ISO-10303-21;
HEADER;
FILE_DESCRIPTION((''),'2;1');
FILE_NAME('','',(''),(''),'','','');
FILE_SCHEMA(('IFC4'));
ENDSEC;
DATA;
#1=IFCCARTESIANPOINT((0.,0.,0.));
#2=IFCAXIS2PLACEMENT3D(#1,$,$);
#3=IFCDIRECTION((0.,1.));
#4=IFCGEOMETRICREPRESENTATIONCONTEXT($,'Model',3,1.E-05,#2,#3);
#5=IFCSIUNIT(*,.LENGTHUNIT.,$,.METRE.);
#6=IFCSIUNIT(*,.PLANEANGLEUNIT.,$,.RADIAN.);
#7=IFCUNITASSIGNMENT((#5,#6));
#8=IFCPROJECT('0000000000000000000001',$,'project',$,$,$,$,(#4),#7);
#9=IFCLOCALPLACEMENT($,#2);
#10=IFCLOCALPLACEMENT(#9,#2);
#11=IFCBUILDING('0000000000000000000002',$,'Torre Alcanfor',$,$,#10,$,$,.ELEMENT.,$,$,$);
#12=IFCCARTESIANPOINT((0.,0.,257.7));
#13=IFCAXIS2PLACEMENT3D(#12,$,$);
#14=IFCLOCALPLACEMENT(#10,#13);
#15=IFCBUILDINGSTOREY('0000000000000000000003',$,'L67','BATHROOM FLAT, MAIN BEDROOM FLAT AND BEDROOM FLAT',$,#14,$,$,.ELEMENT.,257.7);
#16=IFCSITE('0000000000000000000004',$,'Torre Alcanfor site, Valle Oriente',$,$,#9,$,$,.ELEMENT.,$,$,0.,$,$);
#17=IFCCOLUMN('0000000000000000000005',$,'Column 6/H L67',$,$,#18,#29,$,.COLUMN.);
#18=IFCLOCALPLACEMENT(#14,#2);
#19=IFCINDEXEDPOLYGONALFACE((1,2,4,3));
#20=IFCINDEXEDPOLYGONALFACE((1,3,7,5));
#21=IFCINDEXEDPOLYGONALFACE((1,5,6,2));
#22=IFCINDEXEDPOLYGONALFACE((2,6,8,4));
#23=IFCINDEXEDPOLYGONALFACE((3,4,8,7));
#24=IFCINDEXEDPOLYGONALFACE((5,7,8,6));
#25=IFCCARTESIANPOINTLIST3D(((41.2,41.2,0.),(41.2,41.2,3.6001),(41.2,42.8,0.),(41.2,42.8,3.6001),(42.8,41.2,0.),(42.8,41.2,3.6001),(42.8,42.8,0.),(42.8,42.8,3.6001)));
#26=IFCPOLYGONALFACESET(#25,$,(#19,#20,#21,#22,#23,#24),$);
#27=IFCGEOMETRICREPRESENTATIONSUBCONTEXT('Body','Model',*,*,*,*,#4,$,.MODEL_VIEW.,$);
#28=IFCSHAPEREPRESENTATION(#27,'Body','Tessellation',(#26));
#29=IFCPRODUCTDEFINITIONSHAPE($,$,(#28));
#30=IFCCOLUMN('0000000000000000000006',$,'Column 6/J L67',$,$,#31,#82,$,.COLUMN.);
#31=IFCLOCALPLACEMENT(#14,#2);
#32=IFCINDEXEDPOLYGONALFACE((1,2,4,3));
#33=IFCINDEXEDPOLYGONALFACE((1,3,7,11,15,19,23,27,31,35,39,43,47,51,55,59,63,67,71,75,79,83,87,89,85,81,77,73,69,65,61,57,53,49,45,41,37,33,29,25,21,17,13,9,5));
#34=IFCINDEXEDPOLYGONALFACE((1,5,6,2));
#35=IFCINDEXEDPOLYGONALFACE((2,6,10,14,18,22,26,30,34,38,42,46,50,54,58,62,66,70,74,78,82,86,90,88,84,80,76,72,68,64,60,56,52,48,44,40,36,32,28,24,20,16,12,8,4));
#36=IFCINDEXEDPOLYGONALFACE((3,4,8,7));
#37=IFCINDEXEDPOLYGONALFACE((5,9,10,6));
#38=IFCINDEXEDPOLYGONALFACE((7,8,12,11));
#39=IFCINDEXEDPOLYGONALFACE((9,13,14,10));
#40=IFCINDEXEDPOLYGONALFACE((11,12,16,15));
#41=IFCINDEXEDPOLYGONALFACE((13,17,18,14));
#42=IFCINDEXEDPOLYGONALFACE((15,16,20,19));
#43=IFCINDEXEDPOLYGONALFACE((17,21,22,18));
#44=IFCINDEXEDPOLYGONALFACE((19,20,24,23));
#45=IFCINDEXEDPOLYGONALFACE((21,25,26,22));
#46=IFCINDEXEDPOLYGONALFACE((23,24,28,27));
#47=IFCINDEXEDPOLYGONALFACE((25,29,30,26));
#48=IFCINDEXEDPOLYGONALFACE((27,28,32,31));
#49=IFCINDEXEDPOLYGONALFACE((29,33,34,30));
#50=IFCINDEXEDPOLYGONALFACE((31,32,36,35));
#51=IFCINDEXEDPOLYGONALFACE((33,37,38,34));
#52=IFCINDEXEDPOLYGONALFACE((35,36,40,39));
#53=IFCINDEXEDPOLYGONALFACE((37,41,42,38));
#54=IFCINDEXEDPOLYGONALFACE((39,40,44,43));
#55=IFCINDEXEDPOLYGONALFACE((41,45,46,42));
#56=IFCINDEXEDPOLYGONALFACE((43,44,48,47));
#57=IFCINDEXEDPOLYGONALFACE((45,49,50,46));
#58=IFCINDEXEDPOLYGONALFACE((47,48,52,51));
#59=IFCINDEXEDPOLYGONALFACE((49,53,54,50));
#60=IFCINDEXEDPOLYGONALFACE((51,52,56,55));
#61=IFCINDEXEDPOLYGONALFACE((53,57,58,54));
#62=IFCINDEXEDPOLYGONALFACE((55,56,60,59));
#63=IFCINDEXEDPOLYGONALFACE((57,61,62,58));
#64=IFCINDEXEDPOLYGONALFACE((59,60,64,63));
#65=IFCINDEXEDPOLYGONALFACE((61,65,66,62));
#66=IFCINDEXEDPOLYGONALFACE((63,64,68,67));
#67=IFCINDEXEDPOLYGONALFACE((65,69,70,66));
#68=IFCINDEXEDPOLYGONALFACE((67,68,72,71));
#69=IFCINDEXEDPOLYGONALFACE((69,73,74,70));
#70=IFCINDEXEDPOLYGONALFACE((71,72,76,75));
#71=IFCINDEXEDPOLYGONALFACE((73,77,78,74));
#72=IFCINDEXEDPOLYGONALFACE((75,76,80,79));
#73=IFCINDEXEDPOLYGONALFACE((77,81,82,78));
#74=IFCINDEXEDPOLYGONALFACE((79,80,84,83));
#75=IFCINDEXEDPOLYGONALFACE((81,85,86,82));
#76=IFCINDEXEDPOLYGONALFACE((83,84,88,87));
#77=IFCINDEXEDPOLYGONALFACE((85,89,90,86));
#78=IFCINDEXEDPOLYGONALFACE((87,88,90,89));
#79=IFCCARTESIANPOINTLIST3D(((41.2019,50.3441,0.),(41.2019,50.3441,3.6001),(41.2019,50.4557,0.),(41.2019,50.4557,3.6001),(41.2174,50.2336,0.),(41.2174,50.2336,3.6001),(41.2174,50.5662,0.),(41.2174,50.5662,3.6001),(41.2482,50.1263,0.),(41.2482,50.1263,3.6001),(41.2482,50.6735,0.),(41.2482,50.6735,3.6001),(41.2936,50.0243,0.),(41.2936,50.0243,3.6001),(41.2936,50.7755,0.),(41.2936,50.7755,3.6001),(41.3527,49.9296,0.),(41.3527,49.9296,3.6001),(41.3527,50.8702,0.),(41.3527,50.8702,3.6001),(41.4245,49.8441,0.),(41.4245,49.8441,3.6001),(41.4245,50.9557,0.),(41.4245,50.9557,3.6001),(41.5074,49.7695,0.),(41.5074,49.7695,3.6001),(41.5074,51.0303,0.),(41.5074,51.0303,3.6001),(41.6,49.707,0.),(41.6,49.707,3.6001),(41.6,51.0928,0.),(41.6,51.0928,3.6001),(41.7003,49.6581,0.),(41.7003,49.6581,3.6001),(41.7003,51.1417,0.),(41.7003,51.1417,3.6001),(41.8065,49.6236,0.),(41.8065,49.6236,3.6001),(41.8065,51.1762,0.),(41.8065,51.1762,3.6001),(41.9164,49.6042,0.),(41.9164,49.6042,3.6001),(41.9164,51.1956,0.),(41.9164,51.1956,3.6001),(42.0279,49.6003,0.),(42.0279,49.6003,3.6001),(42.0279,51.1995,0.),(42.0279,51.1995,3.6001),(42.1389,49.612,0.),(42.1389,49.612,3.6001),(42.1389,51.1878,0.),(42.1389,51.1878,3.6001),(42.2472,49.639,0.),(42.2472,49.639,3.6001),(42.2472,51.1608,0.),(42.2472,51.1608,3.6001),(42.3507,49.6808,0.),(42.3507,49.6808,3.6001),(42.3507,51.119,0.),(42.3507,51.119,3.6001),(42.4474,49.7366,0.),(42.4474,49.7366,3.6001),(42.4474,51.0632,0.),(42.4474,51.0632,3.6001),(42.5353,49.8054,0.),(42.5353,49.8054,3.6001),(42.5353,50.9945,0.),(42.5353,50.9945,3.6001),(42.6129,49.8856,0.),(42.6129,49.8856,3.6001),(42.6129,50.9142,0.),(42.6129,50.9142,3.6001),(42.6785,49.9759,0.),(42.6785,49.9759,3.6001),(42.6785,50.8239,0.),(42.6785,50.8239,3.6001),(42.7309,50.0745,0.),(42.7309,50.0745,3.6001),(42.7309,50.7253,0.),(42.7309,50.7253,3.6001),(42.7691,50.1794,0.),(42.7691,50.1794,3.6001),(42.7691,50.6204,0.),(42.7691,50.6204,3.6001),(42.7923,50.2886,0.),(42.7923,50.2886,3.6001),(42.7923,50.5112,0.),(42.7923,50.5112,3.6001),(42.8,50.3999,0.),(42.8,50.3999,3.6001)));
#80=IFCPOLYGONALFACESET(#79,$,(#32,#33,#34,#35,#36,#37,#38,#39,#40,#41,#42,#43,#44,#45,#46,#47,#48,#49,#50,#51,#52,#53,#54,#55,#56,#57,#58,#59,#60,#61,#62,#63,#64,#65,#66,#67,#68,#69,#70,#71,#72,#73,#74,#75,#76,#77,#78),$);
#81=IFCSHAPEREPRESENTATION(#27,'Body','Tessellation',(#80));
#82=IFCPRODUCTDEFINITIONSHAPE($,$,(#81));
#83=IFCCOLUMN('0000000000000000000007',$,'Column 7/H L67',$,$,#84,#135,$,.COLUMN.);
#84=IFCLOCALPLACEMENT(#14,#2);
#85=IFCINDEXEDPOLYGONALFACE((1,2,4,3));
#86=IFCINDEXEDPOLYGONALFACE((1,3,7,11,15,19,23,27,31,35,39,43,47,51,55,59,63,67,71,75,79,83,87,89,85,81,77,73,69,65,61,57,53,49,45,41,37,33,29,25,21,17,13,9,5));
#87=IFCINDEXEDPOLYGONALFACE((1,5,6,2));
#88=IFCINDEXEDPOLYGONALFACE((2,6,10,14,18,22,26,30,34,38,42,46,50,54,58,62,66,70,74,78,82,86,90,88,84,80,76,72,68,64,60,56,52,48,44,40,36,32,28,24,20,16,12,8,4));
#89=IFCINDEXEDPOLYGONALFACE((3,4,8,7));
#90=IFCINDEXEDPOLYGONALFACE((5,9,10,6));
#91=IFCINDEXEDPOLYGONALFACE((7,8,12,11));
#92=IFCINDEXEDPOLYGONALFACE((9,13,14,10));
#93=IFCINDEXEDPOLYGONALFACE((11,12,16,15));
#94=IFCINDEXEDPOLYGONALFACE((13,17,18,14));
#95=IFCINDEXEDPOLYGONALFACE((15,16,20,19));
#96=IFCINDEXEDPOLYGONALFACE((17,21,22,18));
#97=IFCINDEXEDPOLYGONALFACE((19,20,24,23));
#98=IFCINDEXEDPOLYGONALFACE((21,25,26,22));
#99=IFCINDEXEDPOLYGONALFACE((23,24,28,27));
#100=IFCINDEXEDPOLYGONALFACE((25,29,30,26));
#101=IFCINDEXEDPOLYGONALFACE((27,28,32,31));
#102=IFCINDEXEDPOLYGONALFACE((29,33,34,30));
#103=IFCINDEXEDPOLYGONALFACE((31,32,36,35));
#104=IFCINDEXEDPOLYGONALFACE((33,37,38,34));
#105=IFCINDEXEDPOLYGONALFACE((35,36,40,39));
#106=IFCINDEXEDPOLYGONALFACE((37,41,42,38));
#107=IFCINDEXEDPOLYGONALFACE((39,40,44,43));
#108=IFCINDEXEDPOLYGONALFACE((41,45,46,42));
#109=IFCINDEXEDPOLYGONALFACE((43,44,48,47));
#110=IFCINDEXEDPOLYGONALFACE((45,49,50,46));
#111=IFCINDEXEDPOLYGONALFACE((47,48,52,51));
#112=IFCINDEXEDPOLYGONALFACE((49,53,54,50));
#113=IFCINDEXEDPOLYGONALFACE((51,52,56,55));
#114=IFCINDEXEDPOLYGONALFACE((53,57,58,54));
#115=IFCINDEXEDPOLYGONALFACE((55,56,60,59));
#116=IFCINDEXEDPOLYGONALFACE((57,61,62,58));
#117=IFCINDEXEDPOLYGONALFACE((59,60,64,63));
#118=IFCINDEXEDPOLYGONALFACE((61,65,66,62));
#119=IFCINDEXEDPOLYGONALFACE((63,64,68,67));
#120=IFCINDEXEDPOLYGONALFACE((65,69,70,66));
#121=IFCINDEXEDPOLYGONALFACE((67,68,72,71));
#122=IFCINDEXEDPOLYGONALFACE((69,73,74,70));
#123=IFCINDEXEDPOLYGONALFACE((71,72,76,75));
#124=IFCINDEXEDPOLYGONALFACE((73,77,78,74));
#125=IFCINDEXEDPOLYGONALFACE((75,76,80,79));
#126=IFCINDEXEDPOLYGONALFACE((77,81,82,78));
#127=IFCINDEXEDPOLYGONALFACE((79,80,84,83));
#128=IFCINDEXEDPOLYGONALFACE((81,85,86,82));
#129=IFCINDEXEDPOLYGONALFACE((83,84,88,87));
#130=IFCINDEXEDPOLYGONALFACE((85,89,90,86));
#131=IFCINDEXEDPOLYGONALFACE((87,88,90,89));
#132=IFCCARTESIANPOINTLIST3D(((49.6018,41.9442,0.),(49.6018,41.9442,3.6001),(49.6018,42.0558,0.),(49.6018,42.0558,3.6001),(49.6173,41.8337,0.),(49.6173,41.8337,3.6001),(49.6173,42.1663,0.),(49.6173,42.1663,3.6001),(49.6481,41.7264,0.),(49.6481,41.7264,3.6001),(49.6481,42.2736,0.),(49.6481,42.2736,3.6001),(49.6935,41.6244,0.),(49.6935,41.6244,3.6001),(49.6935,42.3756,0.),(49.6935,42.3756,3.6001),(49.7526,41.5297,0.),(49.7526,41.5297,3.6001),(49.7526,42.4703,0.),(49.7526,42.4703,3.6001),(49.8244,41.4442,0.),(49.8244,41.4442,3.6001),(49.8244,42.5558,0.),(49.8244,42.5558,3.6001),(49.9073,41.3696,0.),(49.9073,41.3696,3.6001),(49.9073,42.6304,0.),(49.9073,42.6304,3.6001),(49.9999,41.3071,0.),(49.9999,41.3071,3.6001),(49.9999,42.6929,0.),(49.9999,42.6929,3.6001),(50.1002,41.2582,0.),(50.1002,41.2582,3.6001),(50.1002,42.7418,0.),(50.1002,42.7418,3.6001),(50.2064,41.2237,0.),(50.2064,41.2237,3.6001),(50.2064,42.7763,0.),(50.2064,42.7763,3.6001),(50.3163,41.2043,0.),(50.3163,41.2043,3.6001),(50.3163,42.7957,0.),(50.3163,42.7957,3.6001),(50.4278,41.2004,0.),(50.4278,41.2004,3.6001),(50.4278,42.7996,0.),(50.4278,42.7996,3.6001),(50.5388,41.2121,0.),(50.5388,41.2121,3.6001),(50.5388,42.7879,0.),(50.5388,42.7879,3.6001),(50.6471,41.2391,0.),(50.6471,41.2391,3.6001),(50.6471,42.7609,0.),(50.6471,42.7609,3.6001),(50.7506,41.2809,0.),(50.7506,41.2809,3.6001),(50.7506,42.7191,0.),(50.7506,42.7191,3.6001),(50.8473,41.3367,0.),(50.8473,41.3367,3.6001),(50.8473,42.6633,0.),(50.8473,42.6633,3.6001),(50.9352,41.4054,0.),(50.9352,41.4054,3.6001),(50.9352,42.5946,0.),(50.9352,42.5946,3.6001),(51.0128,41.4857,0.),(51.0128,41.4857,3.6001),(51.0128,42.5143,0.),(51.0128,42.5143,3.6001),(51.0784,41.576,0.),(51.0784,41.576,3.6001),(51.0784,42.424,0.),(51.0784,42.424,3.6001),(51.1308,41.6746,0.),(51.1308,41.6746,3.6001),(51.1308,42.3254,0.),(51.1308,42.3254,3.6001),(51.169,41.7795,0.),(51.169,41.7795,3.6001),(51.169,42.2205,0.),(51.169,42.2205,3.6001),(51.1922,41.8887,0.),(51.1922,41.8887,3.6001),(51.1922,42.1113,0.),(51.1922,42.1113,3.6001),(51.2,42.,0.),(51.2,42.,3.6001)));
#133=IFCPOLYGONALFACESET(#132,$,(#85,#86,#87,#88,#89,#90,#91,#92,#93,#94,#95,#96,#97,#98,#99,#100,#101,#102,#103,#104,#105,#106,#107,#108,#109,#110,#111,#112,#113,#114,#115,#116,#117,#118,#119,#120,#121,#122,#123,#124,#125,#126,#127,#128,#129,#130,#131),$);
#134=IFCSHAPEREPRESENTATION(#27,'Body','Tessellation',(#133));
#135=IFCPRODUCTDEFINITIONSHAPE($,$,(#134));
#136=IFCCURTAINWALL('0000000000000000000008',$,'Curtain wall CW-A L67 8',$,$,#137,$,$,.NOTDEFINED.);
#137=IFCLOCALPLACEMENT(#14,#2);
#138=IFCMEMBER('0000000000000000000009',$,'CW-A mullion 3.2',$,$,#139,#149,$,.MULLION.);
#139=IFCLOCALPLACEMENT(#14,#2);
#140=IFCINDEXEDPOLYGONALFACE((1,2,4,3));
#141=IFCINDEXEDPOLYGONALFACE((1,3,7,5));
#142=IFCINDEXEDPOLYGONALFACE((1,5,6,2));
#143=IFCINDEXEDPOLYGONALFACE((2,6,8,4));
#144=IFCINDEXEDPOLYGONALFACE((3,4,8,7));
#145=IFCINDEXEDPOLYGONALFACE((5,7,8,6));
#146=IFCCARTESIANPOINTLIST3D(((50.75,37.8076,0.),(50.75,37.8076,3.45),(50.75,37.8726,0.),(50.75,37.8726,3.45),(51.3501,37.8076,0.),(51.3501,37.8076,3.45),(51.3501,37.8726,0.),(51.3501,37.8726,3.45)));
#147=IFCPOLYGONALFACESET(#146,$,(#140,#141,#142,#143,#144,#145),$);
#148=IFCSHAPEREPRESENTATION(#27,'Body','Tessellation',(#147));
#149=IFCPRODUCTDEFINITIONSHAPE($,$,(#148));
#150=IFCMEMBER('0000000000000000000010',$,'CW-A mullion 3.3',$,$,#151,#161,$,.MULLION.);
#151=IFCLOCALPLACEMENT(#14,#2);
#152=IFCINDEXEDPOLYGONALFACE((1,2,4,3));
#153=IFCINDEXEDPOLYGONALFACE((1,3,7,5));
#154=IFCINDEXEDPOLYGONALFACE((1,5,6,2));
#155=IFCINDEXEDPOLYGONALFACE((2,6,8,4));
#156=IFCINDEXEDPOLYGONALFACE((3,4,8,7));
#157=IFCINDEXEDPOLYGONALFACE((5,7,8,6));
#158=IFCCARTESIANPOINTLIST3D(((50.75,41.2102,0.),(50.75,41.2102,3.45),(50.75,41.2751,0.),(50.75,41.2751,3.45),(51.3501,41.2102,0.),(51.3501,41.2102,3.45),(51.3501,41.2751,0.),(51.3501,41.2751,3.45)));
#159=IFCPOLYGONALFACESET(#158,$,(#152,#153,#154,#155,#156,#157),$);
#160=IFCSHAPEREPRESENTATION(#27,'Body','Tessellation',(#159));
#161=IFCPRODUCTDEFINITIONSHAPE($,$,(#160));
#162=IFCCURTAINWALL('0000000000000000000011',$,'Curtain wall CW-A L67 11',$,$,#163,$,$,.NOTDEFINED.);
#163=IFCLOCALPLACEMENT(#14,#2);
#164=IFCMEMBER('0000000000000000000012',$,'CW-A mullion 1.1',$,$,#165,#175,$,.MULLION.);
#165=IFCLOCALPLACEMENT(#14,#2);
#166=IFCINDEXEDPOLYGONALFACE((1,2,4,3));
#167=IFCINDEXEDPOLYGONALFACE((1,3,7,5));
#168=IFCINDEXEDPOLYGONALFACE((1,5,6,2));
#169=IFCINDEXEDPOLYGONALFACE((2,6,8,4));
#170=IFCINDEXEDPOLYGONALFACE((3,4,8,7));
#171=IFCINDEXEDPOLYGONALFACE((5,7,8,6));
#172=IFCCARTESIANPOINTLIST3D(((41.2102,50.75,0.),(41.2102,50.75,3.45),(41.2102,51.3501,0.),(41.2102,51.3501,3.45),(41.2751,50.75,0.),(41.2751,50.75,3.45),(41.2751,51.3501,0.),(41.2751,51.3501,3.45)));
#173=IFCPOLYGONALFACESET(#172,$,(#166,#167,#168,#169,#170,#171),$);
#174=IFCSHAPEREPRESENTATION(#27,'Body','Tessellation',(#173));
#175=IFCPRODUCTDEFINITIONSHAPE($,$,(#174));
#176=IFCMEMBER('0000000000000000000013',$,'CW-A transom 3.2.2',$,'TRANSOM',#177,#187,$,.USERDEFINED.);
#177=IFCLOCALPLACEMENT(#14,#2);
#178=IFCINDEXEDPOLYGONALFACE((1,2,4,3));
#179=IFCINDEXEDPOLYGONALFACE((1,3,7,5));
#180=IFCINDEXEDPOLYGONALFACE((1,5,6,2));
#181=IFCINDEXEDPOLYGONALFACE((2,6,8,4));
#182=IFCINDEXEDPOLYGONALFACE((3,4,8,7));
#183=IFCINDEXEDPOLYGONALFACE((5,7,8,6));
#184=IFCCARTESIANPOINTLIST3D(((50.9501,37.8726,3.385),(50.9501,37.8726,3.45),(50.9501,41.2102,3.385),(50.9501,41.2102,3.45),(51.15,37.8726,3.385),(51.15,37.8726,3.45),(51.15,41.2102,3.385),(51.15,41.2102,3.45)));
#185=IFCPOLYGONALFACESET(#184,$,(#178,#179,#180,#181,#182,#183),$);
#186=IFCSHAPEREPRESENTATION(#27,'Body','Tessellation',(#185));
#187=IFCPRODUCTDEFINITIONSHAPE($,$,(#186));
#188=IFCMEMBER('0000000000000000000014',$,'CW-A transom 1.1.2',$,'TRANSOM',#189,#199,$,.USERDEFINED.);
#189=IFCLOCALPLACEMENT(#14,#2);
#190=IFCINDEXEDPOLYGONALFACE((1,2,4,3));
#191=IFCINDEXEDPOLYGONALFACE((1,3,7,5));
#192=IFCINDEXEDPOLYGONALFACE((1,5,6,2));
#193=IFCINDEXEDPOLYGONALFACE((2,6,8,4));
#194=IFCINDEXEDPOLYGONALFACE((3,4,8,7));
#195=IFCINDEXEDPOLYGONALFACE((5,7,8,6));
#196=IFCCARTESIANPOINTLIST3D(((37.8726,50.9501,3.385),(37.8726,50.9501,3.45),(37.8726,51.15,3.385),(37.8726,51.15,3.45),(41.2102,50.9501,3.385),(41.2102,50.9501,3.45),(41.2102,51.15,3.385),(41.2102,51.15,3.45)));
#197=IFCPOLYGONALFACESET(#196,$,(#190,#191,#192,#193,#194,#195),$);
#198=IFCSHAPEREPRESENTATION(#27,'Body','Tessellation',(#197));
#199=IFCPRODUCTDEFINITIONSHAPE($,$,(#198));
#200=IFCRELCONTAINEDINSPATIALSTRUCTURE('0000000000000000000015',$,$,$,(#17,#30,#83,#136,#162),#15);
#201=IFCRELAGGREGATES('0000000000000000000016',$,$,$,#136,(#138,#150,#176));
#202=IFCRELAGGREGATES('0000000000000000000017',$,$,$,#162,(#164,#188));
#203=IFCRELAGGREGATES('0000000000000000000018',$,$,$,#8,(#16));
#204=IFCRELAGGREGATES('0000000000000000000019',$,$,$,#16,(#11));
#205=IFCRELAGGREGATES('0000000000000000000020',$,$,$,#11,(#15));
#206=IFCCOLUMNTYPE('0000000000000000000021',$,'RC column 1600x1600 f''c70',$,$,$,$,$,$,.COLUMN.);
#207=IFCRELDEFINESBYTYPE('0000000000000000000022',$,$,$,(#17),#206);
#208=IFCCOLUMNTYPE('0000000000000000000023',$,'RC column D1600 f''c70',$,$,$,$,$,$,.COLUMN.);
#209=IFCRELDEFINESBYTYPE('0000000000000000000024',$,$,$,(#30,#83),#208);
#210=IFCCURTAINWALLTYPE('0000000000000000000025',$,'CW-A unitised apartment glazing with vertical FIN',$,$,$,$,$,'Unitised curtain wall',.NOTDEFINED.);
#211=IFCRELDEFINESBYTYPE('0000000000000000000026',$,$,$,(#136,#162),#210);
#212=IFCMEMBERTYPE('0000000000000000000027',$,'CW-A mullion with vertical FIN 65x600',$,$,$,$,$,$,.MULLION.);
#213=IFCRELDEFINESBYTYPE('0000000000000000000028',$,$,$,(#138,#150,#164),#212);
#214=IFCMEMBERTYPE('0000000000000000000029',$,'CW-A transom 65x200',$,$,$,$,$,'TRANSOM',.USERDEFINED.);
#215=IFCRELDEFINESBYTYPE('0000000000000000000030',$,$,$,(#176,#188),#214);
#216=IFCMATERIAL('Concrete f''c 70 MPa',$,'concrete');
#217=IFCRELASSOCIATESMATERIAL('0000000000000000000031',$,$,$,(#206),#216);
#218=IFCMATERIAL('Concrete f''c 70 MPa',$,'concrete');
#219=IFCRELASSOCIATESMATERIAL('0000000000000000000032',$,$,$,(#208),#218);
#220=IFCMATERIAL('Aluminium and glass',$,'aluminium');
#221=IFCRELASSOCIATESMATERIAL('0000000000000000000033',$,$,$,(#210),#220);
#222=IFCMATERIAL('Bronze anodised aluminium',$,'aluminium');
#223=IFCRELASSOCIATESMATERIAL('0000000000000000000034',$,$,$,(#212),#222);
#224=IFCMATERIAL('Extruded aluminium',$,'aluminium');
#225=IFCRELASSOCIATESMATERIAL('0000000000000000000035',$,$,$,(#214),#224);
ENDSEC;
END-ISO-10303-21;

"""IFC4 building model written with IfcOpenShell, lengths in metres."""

from ifc_helpers import new_model, si_unit, direction, frame, origin, origin_2d, place, context, subcontext, project, spatial, rectangle, circle, extrude, material, material_profile, profile_set, type_object, element, aggregate, save


model = new_model("IFC4")

# Units and contexts
model_context = context("Model", 3, precision=1e-05, world=origin(), true_north=direction((0.0, 1.0)))
body_context = subcontext(model_context, "Body", "Model", "MODEL_VIEW")
ifc_project = project(units=[si_unit("LENGTHUNIT", "METRE"), si_unit("PLANEANGLEUNIT", "RADIAN")], contexts=[model_context])

# Site, building, storey
site_placement = place(None, origin())
site = spatial("IfcSite", under=ifc_project, at=site_placement, Name="Torre Alcanfor site, Valle Oriente", CompositionType="ELEMENT", RefElevation=0.0)
building_placement = place(site_placement, origin())
building = spatial("IfcBuilding", under=site, at=building_placement, Name="Torre Alcanfor", CompositionType="ELEMENT")
storey_placement = place(building_placement, frame((0.0, 0.0, 257.7)))
storey = spatial("IfcBuildingStorey", under=building, at=storey_placement, Name="L67", Description="BATHROOM FLAT, MAIN BEDROOM FLAT AND BEDROOM FLAT", CompositionType="ELEMENT", Elevation=257.7)

# Columns
ifc_material_1 = material(Name="Concrete f'c 70 MPa", Category="concrete")
ifc_material_profile_1 = material_profile(ifc_material_1, rectangle(XDim=1.6001, YDim=1.6001, at=origin_2d()), Name="1600x1600")
ifc_profile_set_1 = profile_set([ifc_material_profile_1], Name="Concrete f'c 70 MPa")
column_type_1 = type_object("IfcColumnType", Name="RC column 1600x1600 f'c70", PredefinedType="COLUMN", material=ifc_profile_set_1)
column_placement = place(storey_placement, frame((42.0, 42.0, 0.0), z_axis=(0.0, 0.0, 1.0), x_axis=(1.0, 0.0, 0.0)))
element("IfcColumn", 1, at=column_placement, inside=storey, type_object=column_type_1, Name="Column 6/H L67", PredefinedType="COLUMN", context=body_context, shape_type="SweptSolid", body=[
    extrude(rectangle(XDim=1.6001, YDim=1.6001, at=origin_2d()), origin(), (0.0, 0.0, 1.0), 3.6001),
])
ifc_material_2 = material(Name="Concrete f'c 70 MPa", Category="concrete")
ifc_material_profile_2 = material_profile(ifc_material_2, circle(Radius=0.8, at=origin_2d()), Name="D1600")
ifc_profile_set_2 = profile_set([ifc_material_profile_2], Name="Concrete f'c 70 MPa")
column_type_2 = type_object("IfcColumnType", Name="RC column D1600 f'c70", PredefinedType="COLUMN", material=ifc_profile_set_2)
for number, where, z_axis, x_axis, name in (
    (2, (42.0, 50.3999, 0.0), (0.0, 0.0, 1.0), (1.0, 0.0, 0.0), "Column 6/J L67"),
    (3, (50.3999, 42.0, 0.0), (0.0, 0.0, 1.0), (1.0, 0.0, 0.0), "Column 7/H L67"),
):
    element("IfcColumn", number, at=place(storey_placement, frame(where, z_axis=z_axis, x_axis=x_axis)), inside=storey, type_object=column_type_2, Name=name, PredefinedType="COLUMN", context=body_context, shape_type="SweptSolid", body=[
        extrude(circle(Radius=0.8, at=origin_2d()), origin(), (0.0, 0.0, 1.0), 3.6001),
    ])

# Curtain wall, members
ifc_material_3 = material(Name="Aluminium and glass", Category="aluminium")
curtain_wall_type = type_object("IfcCurtainWallType", Name="CW-A unitised apartment glazing with vertical FIN", ElementType="Unitised curtain wall", PredefinedType="NOTDEFINED", material=ifc_material_3)
curtain_wall_1_placement = place(storey_placement, origin())
curtain_wall_1 = element("IfcCurtainWall", 4, at=curtain_wall_1_placement, inside=storey, type_object=curtain_wall_type, Name="Curtain wall CW-A L67 8", PredefinedType="NOTDEFINED")
ifc_material_4 = material(Name="Bronze anodised aluminium", Category="aluminium")
ifc_material_profile_3 = material_profile(ifc_material_4, rectangle(XDim=0.6001, YDim=0.0649, at=origin_2d()), Name="CW-A mullion 65x600")
ifc_profile_set_3 = profile_set([ifc_material_profile_3], Name="Bronze anodised aluminium")
member_type_1 = type_object("IfcMemberType", Name="CW-A mullion with vertical FIN 65x600", PredefinedType="MULLION", material=ifc_profile_set_3)
member_1_placement = place(storey_placement, frame((51.05, 37.8401, 0.0), z_axis=(0.0, 0.0, 1.0), x_axis=(-1.0, 0.0, 0.0)))
member_1 = element("IfcMember", 5, at=member_1_placement, type_object=member_type_1, Name="CW-A mullion 3.2", PredefinedType="MULLION", context=body_context, shape_type="SweptSolid", body=[
    extrude(rectangle(XDim=0.6001, YDim=0.0649, at=origin_2d()), origin(), (0.0, 0.0, 1.0), 3.45),
])
member_2_placement = place(storey_placement, frame((51.05, 41.2427, 0.0), z_axis=(0.0, 0.0, 1.0), x_axis=(-1.0, 0.0, 0.0)))
member_2 = element("IfcMember", 6, at=member_2_placement, type_object=member_type_1, Name="CW-A mullion 3.3", PredefinedType="MULLION", context=body_context, shape_type="SweptSolid", body=[
    extrude(rectangle(XDim=0.6001, YDim=0.0649, at=origin_2d()), origin(), (0.0, 0.0, 1.0), 3.45),
])

# Curtain wall, member
curtain_wall_2_placement = place(storey_placement, origin())
curtain_wall_2 = element("IfcCurtainWall", 7, at=curtain_wall_2_placement, inside=storey, type_object=curtain_wall_type, Name="Curtain wall CW-A L67 11", PredefinedType="NOTDEFINED")
member_3_placement = place(storey_placement, frame((41.2427, 51.05, 0.0), z_axis=(0.0, 0.0, 1.0), x_axis=(0.0, -1.0, 0.0)))
member_3 = element("IfcMember", 8, at=member_3_placement, type_object=member_type_1, Name="CW-A mullion 1.1", PredefinedType="MULLION", context=body_context, shape_type="SweptSolid", body=[
    extrude(rectangle(XDim=0.6001, YDim=0.0649, at=origin_2d()), origin(), (0.0, 0.0, 1.0), 3.45),
])

# Members
ifc_material_5 = material(Name="Extruded aluminium", Category="aluminium")
ifc_material_profile_4 = material_profile(ifc_material_5, rectangle(XDim=0.2, YDim=0.0649, at=origin_2d()), Name="CW-A transom 200x65")
ifc_profile_set_4 = profile_set([ifc_material_profile_4], Name="Extruded aluminium")
member_type_2 = type_object("IfcMemberType", Name="CW-A transom 65x200", ElementType="TRANSOM", PredefinedType="USERDEFINED", material=ifc_profile_set_4)
member_4_placement = place(storey_placement, frame((51.05, 37.8726, 3.4175), z_axis=(0.0, 1.0, 0.0), x_axis=(-1.0, 0.0, 0.0)))
member_4 = element("IfcMember", 9, at=member_4_placement, type_object=member_type_2, Name="CW-A transom 3.2.2", ObjectType="TRANSOM", PredefinedType="USERDEFINED", context=body_context, shape_type="SweptSolid", body=[
    extrude(rectangle(XDim=0.2, YDim=0.0649, at=origin_2d()), origin(), (0.0, 0.0, 1.0), 3.3376),
])
member_5_placement = place(storey_placement, frame((41.2102, 51.05, 3.4175), z_axis=(-1.0, 0.0, 0.0), x_axis=(0.0, -1.0, 0.0)))
member_5 = element("IfcMember", 10, at=member_5_placement, type_object=member_type_2, Name="CW-A transom 1.1.2", ObjectType="TRANSOM", PredefinedType="USERDEFINED", context=body_context, shape_type="SweptSolid", body=[
    extrude(rectangle(XDim=0.2, YDim=0.0649, at=origin_2d()), origin(), (0.0, 0.0, 1.0), 3.3376),
])

aggregate(curtain_wall_1, [member_1, member_2, member_4])
aggregate(curtain_wall_2, [member_3, member_5])

save(model, "model.ifc")
